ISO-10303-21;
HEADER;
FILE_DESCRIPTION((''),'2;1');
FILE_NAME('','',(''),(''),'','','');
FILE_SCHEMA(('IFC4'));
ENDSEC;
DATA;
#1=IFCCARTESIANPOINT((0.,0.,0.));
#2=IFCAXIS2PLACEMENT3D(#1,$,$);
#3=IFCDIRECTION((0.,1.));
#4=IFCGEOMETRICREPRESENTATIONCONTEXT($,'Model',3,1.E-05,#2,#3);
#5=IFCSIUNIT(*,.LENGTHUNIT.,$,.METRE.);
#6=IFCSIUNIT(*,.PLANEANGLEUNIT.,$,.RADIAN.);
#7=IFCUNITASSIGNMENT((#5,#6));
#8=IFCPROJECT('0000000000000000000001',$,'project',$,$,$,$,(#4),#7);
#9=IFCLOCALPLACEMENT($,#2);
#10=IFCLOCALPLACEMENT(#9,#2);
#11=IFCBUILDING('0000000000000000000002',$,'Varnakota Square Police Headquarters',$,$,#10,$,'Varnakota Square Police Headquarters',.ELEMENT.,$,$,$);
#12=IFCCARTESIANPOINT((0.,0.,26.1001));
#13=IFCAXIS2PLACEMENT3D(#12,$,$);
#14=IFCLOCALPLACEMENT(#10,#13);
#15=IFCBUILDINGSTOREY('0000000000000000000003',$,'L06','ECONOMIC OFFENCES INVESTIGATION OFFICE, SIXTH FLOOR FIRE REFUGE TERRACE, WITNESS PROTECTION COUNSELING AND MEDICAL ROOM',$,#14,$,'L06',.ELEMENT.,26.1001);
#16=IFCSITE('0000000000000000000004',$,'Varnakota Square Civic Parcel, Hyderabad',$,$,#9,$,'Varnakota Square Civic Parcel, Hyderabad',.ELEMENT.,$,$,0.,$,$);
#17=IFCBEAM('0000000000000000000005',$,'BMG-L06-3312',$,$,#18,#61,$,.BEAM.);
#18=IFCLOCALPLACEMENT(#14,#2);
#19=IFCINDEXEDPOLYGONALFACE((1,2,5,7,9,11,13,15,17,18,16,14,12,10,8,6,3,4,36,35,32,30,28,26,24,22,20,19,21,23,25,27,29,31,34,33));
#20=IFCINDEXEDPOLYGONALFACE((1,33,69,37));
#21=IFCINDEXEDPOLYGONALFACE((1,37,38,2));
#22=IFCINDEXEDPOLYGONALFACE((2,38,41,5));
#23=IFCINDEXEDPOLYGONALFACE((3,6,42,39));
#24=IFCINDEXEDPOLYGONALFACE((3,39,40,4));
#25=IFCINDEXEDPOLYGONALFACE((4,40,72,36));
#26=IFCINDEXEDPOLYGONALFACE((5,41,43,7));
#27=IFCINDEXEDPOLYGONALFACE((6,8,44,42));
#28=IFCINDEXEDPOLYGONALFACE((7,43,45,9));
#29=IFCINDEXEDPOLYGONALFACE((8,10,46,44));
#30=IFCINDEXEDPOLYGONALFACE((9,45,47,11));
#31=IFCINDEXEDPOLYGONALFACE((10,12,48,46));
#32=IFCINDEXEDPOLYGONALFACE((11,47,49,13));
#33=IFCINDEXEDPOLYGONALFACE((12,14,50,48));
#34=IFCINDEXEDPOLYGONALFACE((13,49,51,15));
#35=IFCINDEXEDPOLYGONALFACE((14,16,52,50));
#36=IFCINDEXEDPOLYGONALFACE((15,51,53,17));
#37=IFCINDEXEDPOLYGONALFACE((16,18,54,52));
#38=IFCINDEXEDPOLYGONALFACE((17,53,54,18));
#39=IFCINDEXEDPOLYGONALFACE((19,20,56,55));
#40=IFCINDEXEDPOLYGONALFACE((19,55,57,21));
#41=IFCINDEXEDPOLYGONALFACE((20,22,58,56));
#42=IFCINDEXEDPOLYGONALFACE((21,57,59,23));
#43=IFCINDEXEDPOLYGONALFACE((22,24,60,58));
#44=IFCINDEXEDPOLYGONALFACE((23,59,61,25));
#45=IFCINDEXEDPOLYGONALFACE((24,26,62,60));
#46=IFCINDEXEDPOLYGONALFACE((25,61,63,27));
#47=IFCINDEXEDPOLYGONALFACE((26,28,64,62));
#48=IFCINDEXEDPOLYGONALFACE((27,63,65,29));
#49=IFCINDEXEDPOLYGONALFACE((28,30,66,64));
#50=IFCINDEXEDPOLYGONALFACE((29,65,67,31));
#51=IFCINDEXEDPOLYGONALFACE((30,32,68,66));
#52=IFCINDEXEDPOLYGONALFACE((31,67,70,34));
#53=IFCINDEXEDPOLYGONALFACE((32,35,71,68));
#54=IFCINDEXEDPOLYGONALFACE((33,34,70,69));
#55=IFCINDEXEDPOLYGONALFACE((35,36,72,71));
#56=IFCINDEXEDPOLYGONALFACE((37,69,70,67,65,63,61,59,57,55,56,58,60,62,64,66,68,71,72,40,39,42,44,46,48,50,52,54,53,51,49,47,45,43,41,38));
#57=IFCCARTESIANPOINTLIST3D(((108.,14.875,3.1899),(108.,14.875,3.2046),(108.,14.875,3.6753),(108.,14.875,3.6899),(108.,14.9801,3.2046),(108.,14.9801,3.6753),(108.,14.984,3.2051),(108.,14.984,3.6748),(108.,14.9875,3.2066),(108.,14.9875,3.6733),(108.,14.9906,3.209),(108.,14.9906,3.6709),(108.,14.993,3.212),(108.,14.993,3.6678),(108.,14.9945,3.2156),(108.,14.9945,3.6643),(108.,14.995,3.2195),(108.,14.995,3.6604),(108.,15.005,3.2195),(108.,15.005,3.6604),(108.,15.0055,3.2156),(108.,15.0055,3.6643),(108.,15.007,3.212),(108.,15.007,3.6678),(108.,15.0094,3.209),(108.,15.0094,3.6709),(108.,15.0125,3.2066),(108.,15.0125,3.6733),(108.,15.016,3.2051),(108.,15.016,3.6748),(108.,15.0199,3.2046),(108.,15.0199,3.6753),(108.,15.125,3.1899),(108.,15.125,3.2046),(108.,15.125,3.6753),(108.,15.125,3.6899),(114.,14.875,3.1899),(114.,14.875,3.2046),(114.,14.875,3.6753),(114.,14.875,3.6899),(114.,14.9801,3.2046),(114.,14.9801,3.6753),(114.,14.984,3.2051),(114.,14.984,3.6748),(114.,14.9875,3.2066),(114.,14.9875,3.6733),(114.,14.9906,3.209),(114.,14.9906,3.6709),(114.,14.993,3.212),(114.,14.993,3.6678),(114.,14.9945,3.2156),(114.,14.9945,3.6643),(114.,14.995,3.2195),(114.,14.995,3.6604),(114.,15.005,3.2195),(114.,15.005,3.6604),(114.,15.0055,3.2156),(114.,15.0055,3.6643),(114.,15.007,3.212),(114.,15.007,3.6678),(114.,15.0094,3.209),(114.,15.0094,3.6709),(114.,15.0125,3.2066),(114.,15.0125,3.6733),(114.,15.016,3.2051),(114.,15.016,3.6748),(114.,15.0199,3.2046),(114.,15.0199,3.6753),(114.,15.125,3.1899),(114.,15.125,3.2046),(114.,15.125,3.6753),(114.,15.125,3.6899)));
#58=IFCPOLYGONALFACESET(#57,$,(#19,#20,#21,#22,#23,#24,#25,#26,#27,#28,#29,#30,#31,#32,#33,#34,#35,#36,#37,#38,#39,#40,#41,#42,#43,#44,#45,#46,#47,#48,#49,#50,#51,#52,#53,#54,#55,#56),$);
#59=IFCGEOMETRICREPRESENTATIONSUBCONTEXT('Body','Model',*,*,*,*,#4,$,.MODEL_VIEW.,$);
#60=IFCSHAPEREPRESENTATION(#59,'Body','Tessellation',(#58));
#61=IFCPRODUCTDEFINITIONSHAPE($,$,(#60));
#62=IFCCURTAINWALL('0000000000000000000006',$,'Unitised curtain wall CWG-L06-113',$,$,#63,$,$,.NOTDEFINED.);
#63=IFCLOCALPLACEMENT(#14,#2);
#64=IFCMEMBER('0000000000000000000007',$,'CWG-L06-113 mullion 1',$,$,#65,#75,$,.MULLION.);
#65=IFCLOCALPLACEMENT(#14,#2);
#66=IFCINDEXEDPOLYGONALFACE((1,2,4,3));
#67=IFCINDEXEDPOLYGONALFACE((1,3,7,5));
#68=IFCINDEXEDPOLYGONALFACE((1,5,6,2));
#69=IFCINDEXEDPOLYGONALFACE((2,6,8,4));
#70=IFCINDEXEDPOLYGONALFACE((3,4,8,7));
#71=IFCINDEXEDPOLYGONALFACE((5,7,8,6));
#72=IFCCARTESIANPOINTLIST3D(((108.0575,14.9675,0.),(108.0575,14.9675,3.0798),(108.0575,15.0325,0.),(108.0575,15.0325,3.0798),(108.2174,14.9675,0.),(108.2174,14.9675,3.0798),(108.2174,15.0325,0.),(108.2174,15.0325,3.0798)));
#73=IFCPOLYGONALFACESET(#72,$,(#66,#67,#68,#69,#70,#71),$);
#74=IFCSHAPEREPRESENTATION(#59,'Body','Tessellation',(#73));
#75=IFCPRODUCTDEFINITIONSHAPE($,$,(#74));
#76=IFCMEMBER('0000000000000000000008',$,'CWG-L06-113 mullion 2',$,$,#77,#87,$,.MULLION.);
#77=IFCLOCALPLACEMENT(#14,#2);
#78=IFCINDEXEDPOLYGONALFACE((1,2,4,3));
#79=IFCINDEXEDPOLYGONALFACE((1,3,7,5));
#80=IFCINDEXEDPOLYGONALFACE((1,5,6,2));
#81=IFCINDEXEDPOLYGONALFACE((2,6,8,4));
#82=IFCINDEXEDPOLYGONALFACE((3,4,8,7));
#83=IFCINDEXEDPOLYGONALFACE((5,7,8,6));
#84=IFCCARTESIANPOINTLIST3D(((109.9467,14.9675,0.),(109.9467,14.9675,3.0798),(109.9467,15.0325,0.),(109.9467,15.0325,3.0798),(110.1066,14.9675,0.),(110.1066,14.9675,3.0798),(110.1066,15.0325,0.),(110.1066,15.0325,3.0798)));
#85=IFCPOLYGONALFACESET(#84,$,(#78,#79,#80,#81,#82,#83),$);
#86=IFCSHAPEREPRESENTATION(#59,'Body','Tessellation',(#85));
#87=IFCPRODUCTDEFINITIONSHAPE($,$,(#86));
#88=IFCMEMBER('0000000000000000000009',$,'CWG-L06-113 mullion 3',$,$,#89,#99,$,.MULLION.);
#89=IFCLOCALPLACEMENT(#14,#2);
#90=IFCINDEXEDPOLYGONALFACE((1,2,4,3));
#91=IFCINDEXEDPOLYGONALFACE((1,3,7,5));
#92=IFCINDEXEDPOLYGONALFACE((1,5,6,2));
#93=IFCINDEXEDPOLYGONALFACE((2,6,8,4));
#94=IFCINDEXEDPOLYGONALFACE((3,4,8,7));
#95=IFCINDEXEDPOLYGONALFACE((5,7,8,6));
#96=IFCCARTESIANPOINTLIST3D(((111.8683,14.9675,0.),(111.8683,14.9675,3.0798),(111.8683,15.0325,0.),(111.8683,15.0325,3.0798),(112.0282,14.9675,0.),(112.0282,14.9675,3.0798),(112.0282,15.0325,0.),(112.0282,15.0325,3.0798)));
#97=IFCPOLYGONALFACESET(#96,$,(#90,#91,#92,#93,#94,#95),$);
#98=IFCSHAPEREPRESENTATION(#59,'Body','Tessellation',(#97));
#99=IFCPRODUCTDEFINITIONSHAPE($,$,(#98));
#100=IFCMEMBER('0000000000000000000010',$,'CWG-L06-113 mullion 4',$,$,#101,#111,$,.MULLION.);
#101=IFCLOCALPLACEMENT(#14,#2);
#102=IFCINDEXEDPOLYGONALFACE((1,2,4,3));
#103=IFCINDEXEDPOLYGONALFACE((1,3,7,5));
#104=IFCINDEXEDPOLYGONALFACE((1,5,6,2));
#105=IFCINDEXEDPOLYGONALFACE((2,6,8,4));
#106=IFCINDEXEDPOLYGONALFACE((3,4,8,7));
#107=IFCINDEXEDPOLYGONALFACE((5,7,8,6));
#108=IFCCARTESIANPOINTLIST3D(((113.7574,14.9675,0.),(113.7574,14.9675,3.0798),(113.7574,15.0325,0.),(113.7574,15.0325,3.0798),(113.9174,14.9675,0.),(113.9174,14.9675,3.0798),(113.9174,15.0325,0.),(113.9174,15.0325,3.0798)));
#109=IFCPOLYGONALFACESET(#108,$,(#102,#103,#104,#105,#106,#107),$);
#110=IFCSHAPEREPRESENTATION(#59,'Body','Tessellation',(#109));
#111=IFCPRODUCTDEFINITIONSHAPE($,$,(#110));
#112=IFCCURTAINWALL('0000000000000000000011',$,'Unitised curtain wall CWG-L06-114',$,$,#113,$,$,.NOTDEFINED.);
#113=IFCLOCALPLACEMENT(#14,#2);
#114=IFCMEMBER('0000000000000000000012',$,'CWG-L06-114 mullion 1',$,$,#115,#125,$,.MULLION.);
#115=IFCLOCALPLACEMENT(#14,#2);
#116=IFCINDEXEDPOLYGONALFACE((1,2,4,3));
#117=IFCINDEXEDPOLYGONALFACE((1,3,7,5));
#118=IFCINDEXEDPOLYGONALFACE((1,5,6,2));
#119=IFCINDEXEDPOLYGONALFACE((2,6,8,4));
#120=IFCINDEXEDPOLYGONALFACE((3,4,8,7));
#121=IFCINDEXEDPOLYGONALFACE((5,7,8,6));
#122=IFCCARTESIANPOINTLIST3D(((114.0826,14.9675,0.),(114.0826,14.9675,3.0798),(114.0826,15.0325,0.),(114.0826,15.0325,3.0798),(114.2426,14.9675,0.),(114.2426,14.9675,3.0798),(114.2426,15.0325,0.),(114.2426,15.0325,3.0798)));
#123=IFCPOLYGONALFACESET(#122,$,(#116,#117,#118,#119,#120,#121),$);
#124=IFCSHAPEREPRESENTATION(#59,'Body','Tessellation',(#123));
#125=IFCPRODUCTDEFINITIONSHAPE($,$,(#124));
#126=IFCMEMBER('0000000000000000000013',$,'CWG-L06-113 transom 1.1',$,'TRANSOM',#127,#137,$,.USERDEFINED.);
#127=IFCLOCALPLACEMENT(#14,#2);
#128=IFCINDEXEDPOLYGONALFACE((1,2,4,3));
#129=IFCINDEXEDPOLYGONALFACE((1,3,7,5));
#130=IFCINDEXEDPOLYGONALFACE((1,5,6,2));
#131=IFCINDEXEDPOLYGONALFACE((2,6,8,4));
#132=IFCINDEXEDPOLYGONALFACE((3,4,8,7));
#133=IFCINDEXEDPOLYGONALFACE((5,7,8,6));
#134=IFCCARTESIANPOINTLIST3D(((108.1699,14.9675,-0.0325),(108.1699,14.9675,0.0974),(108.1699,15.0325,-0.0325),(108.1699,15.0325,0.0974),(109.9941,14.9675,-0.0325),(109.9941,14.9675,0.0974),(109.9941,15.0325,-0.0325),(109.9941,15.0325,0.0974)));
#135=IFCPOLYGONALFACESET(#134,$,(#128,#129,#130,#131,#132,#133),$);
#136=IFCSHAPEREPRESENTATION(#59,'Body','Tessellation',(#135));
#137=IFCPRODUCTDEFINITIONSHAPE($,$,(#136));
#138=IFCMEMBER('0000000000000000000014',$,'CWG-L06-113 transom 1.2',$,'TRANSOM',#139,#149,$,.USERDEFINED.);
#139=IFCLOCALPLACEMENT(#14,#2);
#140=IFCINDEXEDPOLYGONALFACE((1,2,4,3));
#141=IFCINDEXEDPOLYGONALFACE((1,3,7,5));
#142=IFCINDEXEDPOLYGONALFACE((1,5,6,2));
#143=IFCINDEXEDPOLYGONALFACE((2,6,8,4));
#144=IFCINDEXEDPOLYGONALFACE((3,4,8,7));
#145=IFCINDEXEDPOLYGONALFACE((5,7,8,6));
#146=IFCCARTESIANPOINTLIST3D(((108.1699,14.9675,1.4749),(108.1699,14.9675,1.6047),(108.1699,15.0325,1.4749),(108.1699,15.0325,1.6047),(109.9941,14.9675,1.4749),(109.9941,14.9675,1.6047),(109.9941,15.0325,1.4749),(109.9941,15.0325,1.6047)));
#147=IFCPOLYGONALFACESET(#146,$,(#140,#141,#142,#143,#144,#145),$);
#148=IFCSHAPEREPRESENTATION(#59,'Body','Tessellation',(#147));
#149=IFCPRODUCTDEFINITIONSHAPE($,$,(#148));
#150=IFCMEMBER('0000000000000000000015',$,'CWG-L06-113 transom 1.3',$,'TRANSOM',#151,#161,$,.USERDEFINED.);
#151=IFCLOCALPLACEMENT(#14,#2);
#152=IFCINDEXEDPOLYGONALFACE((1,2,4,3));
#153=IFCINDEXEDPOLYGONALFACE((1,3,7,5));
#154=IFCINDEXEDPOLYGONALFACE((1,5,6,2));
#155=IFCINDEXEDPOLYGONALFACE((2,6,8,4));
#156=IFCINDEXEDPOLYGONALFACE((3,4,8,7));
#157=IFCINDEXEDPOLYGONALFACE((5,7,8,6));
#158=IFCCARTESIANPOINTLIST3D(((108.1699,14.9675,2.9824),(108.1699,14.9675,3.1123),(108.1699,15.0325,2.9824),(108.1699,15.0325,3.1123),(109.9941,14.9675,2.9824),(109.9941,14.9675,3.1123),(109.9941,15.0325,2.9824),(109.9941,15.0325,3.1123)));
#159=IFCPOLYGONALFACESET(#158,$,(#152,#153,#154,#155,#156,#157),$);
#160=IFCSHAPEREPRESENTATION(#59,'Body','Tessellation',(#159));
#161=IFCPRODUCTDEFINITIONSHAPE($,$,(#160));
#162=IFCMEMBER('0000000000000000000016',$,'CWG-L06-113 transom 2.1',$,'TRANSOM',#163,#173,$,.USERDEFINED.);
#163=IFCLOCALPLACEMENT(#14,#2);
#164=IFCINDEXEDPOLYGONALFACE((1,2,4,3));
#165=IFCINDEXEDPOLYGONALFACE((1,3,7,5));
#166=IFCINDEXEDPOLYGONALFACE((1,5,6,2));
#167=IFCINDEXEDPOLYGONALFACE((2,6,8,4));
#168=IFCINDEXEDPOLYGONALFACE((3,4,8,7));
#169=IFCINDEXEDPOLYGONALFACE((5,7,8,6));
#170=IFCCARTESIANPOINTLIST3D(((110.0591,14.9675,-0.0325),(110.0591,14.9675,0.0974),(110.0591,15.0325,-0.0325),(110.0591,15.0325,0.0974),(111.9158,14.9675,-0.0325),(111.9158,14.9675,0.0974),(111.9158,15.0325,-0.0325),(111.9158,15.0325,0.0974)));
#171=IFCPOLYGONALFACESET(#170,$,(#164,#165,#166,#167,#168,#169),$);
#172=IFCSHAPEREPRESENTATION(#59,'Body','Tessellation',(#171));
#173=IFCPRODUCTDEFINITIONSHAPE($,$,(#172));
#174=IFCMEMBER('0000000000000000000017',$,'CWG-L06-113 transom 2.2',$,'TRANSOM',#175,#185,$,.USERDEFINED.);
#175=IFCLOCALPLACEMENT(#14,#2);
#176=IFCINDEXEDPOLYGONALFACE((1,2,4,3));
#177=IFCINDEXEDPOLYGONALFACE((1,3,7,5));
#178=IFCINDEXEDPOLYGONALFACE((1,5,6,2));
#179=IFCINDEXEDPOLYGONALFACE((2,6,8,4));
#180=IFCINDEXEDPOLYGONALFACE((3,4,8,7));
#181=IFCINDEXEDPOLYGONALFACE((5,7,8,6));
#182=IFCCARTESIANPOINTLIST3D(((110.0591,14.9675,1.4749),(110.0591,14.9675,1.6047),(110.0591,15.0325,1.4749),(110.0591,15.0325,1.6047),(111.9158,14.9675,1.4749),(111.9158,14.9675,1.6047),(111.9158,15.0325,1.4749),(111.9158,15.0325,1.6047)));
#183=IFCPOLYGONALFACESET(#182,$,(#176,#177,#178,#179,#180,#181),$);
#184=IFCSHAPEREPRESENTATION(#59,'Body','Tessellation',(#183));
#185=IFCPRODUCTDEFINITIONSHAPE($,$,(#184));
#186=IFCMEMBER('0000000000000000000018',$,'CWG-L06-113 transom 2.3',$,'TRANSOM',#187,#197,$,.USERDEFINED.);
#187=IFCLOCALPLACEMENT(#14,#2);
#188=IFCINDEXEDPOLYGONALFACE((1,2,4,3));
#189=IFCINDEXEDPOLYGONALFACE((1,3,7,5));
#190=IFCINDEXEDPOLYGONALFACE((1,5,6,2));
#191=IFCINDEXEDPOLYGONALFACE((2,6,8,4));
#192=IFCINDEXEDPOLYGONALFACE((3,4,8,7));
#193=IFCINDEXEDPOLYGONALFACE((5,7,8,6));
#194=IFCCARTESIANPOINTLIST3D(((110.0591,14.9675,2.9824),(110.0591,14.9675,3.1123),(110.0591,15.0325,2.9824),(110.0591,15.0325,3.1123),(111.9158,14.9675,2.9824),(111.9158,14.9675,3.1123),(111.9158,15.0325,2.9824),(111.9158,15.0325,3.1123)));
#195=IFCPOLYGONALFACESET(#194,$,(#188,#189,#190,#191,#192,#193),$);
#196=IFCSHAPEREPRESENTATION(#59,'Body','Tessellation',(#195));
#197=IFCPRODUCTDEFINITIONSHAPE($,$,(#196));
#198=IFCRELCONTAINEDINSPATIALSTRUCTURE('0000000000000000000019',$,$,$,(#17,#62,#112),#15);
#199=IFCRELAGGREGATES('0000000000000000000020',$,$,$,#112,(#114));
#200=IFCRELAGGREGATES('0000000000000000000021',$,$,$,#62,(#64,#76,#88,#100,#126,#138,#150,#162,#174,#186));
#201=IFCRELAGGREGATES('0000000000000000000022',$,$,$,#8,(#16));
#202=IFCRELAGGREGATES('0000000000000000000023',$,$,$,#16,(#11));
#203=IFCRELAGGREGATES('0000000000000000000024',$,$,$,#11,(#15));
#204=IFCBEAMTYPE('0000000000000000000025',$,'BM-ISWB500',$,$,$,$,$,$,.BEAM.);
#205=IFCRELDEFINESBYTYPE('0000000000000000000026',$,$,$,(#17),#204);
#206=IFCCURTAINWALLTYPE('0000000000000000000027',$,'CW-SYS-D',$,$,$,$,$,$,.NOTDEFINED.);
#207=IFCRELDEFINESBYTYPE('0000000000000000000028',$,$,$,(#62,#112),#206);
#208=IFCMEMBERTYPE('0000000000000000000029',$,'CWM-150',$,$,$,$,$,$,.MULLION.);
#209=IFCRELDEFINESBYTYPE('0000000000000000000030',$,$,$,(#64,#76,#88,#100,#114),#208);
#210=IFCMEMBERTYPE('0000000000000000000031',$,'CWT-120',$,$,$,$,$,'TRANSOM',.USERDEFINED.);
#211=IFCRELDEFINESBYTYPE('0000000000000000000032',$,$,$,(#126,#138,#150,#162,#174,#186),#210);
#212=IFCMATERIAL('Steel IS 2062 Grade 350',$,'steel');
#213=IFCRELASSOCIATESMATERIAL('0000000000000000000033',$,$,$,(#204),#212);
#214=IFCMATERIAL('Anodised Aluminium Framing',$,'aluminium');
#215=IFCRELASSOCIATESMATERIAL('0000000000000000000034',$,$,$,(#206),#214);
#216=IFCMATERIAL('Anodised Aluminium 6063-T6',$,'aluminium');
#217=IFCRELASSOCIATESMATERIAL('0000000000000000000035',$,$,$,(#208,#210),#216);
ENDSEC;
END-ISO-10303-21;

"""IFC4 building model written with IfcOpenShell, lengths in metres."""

from ifc_helpers import new_model, si_unit, direction, frame, origin, origin_2d, place, context, subcontext, project, spatial, rectangle, i_section, extrude, material, material_profile, profile_set, type_object, element, aggregate, save


model = new_model("IFC4")

# Units and contexts
model_context = context("Model", 3, precision=1e-05, world=origin(), true_north=direction((0.0, 1.0)))
body_context = subcontext(model_context, "Body", "Model", "MODEL_VIEW")
ifc_project = project(units=[si_unit("LENGTHUNIT", "METRE"), si_unit("PLANEANGLEUNIT", "RADIAN")], contexts=[model_context])

# Site, building, storey
site_placement = place(None, origin())
site = spatial("IfcSite", under=ifc_project, at=site_placement, Name="Varnakota Square Civic Parcel, Hyderabad", LongName="Varnakota Square Civic Parcel, Hyderabad", CompositionType="ELEMENT", RefElevation=0.0)
building_placement = place(site_placement, origin())
building = spatial("IfcBuilding", under=site, at=building_placement, Name="Varnakota Square Police Headquarters", LongName="Varnakota Square Police Headquarters", CompositionType="ELEMENT")
storey_placement = place(building_placement, frame((0.0, 0.0, 26.1001)))
storey = spatial("IfcBuildingStorey", under=building, at=storey_placement, Name="L06", Description="ECONOMIC OFFENCES INVESTIGATION OFFICE, SIXTH FLOOR FIRE REFUGE TERRACE, WITNESS PROTECTION COUNSELING AND MEDICAL ROOM", LongName="L06", CompositionType="ELEMENT", Elevation=26.1001)

# Shared definitions
ifc_material_1 = material(Name="Steel IS 2062 Grade 350", Category="steel")

# Beam
ifc_material_profile_1 = material_profile(ifc_material_1, i_section(OverallWidth=0.25, OverallDepth=0.5, WebThickness=0.01, FlangeThickness=0.0146, FilletRadius=0.0149, at=origin_2d()), Name="ISWB 500")
ifc_profile_set_1 = profile_set([ifc_material_profile_1], Name="Steel IS 2062 Grade 350")
beam_type_1 = type_object("IfcBeamType", Name="BM-ISWB500", PredefinedType="BEAM", material=ifc_profile_set_1)
beam_1_placement = place(storey_placement, frame((108.0, 15.0, 3.4399), z_axis=(1.0, 0.0, 0.0), x_axis=(0.0, 1.0, 0.0)))
element("IfcBeam", 1, at=beam_1_placement, inside=storey, type_object=beam_type_1, Name="BMG-L06-3312", PredefinedType="BEAM", context=body_context, shape_type="SweptSolid", body=[
    extrude(i_section(OverallWidth=0.25, OverallDepth=0.5, WebThickness=0.01, FlangeThickness=0.0146, FilletRadius=0.0149, at=origin_2d()), origin(), (0.0, 0.0, 1.0), 6.0),
])

# Curtain wall, members
ifc_material_2 = material(Name="Anodised Aluminium Framing", Category="aluminium")
curtain_wall_type = type_object("IfcCurtainWallType", Name="CW-SYS-D", PredefinedType="NOTDEFINED", material=ifc_material_2)
curtain_wall_1_placement = place(storey_placement, origin())
curtain_wall_1 = element("IfcCurtainWall", 2, at=curtain_wall_1_placement, inside=storey, type_object=curtain_wall_type, Name="Unitised curtain wall CWG-L06-113", PredefinedType="NOTDEFINED")
ifc_material_3 = material(Name="Anodised Aluminium 6063-T6", Category="aluminium")
ifc_material_profile_2 = material_profile(ifc_material_3, rectangle(XDim=0.0649, YDim=0.1599, at=origin_2d()), Name="ALU MULLION 65x160")
ifc_profile_set_2 = profile_set([ifc_material_profile_2], Name="Anodised Aluminium 6063-T6")
member_type_1 = type_object("IfcMemberType", Name="CWM-150", PredefinedType="MULLION", material=ifc_profile_set_2)
member_1_placement = place(storey_placement, frame((108.1375, 15.0, 0.0), z_axis=(0.0, 0.0, 1.0), x_axis=(0.0, 1.0, 0.0)))
member_1 = element("IfcMember", 3, at=member_1_placement, type_object=member_type_1, Name="CWG-L06-113 mullion 1", PredefinedType="MULLION", context=body_context, shape_type="SweptSolid", body=[
    extrude(rectangle(XDim=0.0649, YDim=0.1599, at=origin_2d()), origin(), (0.0, 0.0, 1.0), 3.0798),
])
member_2_placement = place(storey_placement, frame((110.0266, 15.0, 0.0), z_axis=(0.0, 0.0, 1.0), x_axis=(0.0, 1.0, 0.0)))
member_2 = element("IfcMember", 4, at=member_2_placement, type_object=member_type_1, Name="CWG-L06-113 mullion 2", PredefinedType="MULLION", context=body_context, shape_type="SweptSolid", body=[
    extrude(rectangle(XDim=0.0649, YDim=0.1599, at=origin_2d()), origin(), (0.0, 0.0, 1.0), 3.0798),
])
member_3_placement = place(storey_placement, frame((111.9482, 15.0, 0.0), z_axis=(0.0, 0.0, 1.0), x_axis=(0.0, 1.0, 0.0)))
member_3 = element("IfcMember", 5, at=member_3_placement, type_object=member_type_1, Name="CWG-L06-113 mullion 3", PredefinedType="MULLION", context=body_context, shape_type="SweptSolid", body=[
    extrude(rectangle(XDim=0.0649, YDim=0.1599, at=origin_2d()), origin(), (0.0, 0.0, 1.0), 3.0798),
])
member_4_placement = place(storey_placement, frame((113.8374, 15.0, 0.0), z_axis=(0.0, 0.0, 1.0), x_axis=(0.0, 1.0, 0.0)))
member_4 = element("IfcMember", 6, at=member_4_placement, type_object=member_type_1, Name="CWG-L06-113 mullion 4", PredefinedType="MULLION", context=body_context, shape_type="SweptSolid", body=[
    extrude(rectangle(XDim=0.0649, YDim=0.1599, at=origin_2d()), origin(), (0.0, 0.0, 1.0), 3.0798),
])

# Curtain wall, member
curtain_wall_2_placement = place(storey_placement, origin())
curtain_wall_2 = element("IfcCurtainWall", 7, at=curtain_wall_2_placement, inside=storey, type_object=curtain_wall_type, Name="Unitised curtain wall CWG-L06-114", PredefinedType="NOTDEFINED")
member_5_placement = place(storey_placement, frame((114.1626, 15.0, 0.0), z_axis=(0.0, 0.0, 1.0), x_axis=(0.0, 1.0, 0.0)))
member_5 = element("IfcMember", 8, at=member_5_placement, type_object=member_type_1, Name="CWG-L06-114 mullion 1", PredefinedType="MULLION", context=body_context, shape_type="SweptSolid", body=[
    extrude(rectangle(XDim=0.0649, YDim=0.1599, at=origin_2d()), origin(), (0.0, 0.0, 1.0), 3.0798),
])

# Members
ifc_material_profile_3 = material_profile(ifc_material_3, rectangle(XDim=0.0649, YDim=0.1299, at=origin_2d()), Name="ALU TRANSOM 65x130")
ifc_profile_set_3 = profile_set([ifc_material_profile_3], Name="Anodised Aluminium 6063-T6")
member_type_2 = type_object("IfcMemberType", Name="CWT-120", ElementType="TRANSOM", PredefinedType="USERDEFINED", material=ifc_profile_set_3)
member_6_placement = place(storey_placement, frame((108.1699, 15.0, 0.0325), z_axis=(1.0, 0.0, 0.0), x_axis=(0.0, 1.0, 0.0)))
member_6 = element("IfcMember", 9, at=member_6_placement, type_object=member_type_2, Name="CWG-L06-113 transom 1.1", ObjectType="TRANSOM", PredefinedType="USERDEFINED", context=body_context, shape_type="SweptSolid", body=[
    extrude(rectangle(XDim=0.0649, YDim=0.1299, at=origin_2d()), origin(), (0.0, 0.0, 1.0), 1.8242),
])
member_7_placement = place(storey_placement, frame((108.1699, 15.0, 1.5398), z_axis=(1.0, 0.0, 0.0), x_axis=(0.0, 1.0, 0.0)))
member_7 = element("IfcMember", 10, at=member_7_placement, type_object=member_type_2, Name="CWG-L06-113 transom 1.2", ObjectType="TRANSOM", PredefinedType="USERDEFINED", context=body_context, shape_type="SweptSolid", body=[
    extrude(rectangle(XDim=0.0649, YDim=0.1299, at=origin_2d()), origin(), (0.0, 0.0, 1.0), 1.8242),
])
member_8_placement = place(storey_placement, frame((108.1699, 15.0, 3.0474), z_axis=(1.0, 0.0, 0.0), x_axis=(0.0, 1.0, 0.0)))
member_8 = element("IfcMember", 11, at=member_8_placement, type_object=member_type_2, Name="CWG-L06-113 transom 1.3", ObjectType="TRANSOM", PredefinedType="USERDEFINED", context=body_context, shape_type="SweptSolid", body=[
    extrude(rectangle(XDim=0.0649, YDim=0.1299, at=origin_2d()), origin(), (0.0, 0.0, 1.0), 1.8242),
])
member_9_placement = place(storey_placement, frame((110.0591, 15.0, 0.0325), z_axis=(1.0, 0.0, 0.0), x_axis=(0.0, 1.0, 0.0)))
member_9 = element("IfcMember", 12, at=member_9_placement, type_object=member_type_2, Name="CWG-L06-113 transom 2.1", ObjectType="TRANSOM", PredefinedType="USERDEFINED", context=body_context, shape_type="SweptSolid", body=[
    extrude(rectangle(XDim=0.0649, YDim=0.1299, at=origin_2d()), origin(), (0.0, 0.0, 1.0), 1.8567),
])
member_10_placement = place(storey_placement, frame((110.0591, 15.0, 1.5398), z_axis=(1.0, 0.0, 0.0), x_axis=(0.0, 1.0, 0.0)))
member_10 = element("IfcMember", 13, at=member_10_placement, type_object=member_type_2, Name="CWG-L06-113 transom 2.2", ObjectType="TRANSOM", PredefinedType="USERDEFINED", context=body_context, shape_type="SweptSolid", body=[
    extrude(rectangle(XDim=0.0649, YDim=0.1299, at=origin_2d()), origin(), (0.0, 0.0, 1.0), 1.8567),
])
member_11_placement = place(storey_placement, frame((110.0591, 15.0, 3.0474), z_axis=(1.0, 0.0, 0.0), x_axis=(0.0, 1.0, 0.0)))
member_11 = element("IfcMember", 14, at=member_11_placement, type_object=member_type_2, Name="CWG-L06-113 transom 2.3", ObjectType="TRANSOM", PredefinedType="USERDEFINED", context=body_context, shape_type="SweptSolid", body=[
    extrude(rectangle(XDim=0.0649, YDim=0.1299, at=origin_2d()), origin(), (0.0, 0.0, 1.0), 1.8567),
])
aggregate(curtain_wall_2, [member_5])

aggregate(curtain_wall_1, [member_1, member_2, member_3, member_4, member_6, member_7, member_8, member_9, member_10, member_11])

save(model, "model.ifc")
